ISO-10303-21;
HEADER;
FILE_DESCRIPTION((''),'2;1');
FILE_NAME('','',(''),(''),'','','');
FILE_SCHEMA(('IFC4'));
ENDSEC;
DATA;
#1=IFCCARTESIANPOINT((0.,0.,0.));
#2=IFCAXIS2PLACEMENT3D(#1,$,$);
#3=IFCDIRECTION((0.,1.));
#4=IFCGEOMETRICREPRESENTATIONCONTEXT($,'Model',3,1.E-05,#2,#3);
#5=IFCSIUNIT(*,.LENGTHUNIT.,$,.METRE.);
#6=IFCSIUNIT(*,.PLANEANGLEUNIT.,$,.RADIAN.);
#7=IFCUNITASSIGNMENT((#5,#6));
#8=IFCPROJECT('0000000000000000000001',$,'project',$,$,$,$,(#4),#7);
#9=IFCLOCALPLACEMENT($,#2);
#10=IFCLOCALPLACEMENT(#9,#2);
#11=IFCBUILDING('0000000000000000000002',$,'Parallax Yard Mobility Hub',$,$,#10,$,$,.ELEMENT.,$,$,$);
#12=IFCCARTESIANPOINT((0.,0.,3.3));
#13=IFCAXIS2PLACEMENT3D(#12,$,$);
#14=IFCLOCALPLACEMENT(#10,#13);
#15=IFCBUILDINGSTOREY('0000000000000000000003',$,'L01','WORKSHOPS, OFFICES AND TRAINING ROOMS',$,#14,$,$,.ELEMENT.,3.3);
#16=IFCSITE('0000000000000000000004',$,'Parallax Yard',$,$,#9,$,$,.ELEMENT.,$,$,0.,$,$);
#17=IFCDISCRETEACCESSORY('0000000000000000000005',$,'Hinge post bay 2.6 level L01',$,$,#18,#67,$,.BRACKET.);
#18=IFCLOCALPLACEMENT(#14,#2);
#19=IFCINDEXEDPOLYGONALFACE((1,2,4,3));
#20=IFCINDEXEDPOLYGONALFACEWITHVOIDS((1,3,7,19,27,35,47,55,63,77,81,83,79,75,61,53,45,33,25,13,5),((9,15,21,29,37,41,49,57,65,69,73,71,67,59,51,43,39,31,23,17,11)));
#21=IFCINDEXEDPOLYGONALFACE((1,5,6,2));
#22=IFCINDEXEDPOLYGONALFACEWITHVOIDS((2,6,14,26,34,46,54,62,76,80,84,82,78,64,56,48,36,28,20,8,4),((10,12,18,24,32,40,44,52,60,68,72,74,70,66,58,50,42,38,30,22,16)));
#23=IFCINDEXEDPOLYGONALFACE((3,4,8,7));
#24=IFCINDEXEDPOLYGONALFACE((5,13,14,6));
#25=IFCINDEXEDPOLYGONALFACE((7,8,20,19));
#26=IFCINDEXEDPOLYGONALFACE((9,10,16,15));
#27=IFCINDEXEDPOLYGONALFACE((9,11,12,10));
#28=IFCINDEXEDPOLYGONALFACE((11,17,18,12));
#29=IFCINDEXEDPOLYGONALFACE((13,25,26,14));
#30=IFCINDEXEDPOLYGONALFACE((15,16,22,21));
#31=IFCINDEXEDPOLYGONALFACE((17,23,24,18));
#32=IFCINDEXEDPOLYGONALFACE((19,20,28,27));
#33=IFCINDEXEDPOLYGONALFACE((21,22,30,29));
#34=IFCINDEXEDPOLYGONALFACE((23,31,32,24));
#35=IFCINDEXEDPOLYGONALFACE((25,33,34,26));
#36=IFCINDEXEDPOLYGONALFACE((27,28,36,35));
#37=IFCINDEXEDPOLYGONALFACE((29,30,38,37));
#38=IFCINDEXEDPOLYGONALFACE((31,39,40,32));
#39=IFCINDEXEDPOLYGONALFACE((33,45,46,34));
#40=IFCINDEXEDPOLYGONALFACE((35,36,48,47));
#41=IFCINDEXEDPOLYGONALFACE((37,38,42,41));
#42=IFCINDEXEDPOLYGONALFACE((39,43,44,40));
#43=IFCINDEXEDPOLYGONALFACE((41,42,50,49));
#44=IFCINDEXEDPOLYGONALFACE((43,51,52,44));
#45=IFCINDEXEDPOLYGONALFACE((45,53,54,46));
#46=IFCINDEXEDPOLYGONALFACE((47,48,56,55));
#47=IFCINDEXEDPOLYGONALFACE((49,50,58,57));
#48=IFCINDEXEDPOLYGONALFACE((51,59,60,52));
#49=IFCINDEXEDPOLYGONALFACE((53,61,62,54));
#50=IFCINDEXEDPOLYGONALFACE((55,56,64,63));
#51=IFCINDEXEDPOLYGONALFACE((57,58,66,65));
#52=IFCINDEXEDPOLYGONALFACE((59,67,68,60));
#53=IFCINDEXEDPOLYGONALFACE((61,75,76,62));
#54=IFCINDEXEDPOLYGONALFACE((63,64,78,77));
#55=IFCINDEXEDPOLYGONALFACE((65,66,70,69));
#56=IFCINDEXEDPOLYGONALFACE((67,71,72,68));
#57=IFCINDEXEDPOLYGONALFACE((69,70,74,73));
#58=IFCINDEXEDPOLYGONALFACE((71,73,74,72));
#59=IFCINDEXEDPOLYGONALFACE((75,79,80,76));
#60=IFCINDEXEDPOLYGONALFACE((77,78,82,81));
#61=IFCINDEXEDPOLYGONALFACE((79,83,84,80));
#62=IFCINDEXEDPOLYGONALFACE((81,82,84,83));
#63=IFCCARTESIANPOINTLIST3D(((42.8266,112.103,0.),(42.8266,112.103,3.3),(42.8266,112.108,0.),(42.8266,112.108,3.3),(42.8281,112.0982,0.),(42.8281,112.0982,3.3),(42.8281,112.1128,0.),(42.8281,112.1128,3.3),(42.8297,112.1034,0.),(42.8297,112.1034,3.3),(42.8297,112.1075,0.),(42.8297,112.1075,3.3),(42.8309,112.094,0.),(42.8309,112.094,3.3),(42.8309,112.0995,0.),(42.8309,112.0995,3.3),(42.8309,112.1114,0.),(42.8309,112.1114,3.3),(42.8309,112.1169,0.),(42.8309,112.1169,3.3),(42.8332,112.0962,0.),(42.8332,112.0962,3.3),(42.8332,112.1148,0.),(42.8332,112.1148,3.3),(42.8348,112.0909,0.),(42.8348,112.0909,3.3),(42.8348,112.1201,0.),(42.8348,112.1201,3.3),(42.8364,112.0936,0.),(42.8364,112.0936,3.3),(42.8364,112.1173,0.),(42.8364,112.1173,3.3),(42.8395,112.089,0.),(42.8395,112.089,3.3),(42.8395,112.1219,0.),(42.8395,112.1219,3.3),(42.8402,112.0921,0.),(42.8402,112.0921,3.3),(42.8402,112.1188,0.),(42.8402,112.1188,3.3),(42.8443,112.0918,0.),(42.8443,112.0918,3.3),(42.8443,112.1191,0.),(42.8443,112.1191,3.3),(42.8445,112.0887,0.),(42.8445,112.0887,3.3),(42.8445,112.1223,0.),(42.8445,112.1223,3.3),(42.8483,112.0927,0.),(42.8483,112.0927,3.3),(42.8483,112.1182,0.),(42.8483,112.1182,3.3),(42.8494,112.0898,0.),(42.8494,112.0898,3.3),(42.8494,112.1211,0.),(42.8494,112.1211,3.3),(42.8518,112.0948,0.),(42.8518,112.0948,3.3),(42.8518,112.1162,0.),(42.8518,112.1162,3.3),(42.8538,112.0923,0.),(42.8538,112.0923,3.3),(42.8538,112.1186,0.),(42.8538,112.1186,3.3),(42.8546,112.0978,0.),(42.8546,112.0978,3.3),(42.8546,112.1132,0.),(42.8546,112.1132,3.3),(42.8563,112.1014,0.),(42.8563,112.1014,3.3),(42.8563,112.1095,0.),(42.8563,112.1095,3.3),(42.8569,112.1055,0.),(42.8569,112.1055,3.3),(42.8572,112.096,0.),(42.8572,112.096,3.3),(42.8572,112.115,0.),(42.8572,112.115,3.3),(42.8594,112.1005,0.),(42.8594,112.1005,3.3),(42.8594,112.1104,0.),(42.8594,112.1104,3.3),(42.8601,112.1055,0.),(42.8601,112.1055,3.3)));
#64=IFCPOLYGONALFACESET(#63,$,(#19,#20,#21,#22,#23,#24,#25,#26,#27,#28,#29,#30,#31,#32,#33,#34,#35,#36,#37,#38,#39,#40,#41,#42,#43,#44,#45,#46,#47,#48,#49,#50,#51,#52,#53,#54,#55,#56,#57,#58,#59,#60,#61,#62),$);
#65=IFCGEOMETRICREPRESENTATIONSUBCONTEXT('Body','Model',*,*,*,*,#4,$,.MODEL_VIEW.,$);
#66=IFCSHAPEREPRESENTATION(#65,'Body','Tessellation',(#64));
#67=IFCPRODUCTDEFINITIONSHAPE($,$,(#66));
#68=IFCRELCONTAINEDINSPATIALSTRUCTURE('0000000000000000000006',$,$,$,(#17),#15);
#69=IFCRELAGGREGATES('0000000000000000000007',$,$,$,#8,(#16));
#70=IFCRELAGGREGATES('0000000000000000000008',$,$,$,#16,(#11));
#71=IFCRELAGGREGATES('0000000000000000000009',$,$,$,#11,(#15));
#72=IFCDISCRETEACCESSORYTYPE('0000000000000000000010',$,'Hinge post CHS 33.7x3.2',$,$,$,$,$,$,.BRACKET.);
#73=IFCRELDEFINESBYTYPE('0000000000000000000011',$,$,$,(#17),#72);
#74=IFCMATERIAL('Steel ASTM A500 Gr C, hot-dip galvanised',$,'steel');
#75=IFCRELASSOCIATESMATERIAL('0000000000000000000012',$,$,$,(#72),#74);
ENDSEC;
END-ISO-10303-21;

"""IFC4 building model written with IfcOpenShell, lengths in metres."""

from ifc_helpers import new_model, si_unit, direction, frame, origin, origin_2d, place, context, subcontext, project, spatial, hollow_circle, extrude, material, material_profile, profile_set, type_object, element, save


model = new_model("IFC4")

# Units and contexts
model_context = context("Model", 3, precision=1e-05, world=origin(), true_north=direction((0.0, 1.0)))
body_context = subcontext(model_context, "Body", "Model", "MODEL_VIEW")
ifc_project = project(units=[si_unit("LENGTHUNIT", "METRE"), si_unit("PLANEANGLEUNIT", "RADIAN")], contexts=[model_context])

# Site, building, storey
site_placement = place(None, origin())
site = spatial("IfcSite", under=ifc_project, at=site_placement, Name="Parallax Yard", CompositionType="ELEMENT", RefElevation=0.0)
building_placement = place(site_placement, origin())
building = spatial("IfcBuilding", under=site, at=building_placement, Name="Parallax Yard Mobility Hub", CompositionType="ELEMENT")
storey_placement = place(building_placement, frame((0.0, 0.0, 3.3)))
storey = spatial("IfcBuildingStorey", under=building, at=storey_placement, Name="L01", Description="WORKSHOPS, OFFICES AND TRAINING ROOMS", CompositionType="ELEMENT", Elevation=3.3)

# Discrete accessory
ifc_material_1 = material(Name="Steel ASTM A500 Gr C, hot-dip galvanised", Category="steel")
ifc_material_profile_1 = material_profile(ifc_material_1, hollow_circle(Radius=0.0168, WallThickness=0.0032, at=origin_2d()), Name="CHS 33.7x3.2")
ifc_profile_set_1 = profile_set([ifc_material_profile_1], Name="Steel ASTM A500 Gr C, hot-dip galvanised")
discrete_accessory_type_1 = type_object("IfcDiscreteAccessoryType", Name="Hinge post CHS 33.7x3.2", PredefinedType="BRACKET", material=ifc_profile_set_1)
for number, where, z_axis, x_axis, name in (
    (1, (42.8433, 112.1055, 0.0), (0.0, 0.0, 1.0), (1.0, 0.0, 0.0), "Hinge post bay 2.6 level L01"),
):
    element("IfcDiscreteAccessory", number, at=place(storey_placement, frame(where, z_axis=z_axis, x_axis=x_axis)), inside=storey, type_object=discrete_accessory_type_1, Name=name, PredefinedType="BRACKET", context=body_context, shape_type="SweptSolid", body=[
        extrude(hollow_circle(Radius=0.0168, WallThickness=0.0032, at=origin_2d()), origin(), (0.0, 0.0, 1.0), 3.3),
    ])

save(model, "model.ifc")
